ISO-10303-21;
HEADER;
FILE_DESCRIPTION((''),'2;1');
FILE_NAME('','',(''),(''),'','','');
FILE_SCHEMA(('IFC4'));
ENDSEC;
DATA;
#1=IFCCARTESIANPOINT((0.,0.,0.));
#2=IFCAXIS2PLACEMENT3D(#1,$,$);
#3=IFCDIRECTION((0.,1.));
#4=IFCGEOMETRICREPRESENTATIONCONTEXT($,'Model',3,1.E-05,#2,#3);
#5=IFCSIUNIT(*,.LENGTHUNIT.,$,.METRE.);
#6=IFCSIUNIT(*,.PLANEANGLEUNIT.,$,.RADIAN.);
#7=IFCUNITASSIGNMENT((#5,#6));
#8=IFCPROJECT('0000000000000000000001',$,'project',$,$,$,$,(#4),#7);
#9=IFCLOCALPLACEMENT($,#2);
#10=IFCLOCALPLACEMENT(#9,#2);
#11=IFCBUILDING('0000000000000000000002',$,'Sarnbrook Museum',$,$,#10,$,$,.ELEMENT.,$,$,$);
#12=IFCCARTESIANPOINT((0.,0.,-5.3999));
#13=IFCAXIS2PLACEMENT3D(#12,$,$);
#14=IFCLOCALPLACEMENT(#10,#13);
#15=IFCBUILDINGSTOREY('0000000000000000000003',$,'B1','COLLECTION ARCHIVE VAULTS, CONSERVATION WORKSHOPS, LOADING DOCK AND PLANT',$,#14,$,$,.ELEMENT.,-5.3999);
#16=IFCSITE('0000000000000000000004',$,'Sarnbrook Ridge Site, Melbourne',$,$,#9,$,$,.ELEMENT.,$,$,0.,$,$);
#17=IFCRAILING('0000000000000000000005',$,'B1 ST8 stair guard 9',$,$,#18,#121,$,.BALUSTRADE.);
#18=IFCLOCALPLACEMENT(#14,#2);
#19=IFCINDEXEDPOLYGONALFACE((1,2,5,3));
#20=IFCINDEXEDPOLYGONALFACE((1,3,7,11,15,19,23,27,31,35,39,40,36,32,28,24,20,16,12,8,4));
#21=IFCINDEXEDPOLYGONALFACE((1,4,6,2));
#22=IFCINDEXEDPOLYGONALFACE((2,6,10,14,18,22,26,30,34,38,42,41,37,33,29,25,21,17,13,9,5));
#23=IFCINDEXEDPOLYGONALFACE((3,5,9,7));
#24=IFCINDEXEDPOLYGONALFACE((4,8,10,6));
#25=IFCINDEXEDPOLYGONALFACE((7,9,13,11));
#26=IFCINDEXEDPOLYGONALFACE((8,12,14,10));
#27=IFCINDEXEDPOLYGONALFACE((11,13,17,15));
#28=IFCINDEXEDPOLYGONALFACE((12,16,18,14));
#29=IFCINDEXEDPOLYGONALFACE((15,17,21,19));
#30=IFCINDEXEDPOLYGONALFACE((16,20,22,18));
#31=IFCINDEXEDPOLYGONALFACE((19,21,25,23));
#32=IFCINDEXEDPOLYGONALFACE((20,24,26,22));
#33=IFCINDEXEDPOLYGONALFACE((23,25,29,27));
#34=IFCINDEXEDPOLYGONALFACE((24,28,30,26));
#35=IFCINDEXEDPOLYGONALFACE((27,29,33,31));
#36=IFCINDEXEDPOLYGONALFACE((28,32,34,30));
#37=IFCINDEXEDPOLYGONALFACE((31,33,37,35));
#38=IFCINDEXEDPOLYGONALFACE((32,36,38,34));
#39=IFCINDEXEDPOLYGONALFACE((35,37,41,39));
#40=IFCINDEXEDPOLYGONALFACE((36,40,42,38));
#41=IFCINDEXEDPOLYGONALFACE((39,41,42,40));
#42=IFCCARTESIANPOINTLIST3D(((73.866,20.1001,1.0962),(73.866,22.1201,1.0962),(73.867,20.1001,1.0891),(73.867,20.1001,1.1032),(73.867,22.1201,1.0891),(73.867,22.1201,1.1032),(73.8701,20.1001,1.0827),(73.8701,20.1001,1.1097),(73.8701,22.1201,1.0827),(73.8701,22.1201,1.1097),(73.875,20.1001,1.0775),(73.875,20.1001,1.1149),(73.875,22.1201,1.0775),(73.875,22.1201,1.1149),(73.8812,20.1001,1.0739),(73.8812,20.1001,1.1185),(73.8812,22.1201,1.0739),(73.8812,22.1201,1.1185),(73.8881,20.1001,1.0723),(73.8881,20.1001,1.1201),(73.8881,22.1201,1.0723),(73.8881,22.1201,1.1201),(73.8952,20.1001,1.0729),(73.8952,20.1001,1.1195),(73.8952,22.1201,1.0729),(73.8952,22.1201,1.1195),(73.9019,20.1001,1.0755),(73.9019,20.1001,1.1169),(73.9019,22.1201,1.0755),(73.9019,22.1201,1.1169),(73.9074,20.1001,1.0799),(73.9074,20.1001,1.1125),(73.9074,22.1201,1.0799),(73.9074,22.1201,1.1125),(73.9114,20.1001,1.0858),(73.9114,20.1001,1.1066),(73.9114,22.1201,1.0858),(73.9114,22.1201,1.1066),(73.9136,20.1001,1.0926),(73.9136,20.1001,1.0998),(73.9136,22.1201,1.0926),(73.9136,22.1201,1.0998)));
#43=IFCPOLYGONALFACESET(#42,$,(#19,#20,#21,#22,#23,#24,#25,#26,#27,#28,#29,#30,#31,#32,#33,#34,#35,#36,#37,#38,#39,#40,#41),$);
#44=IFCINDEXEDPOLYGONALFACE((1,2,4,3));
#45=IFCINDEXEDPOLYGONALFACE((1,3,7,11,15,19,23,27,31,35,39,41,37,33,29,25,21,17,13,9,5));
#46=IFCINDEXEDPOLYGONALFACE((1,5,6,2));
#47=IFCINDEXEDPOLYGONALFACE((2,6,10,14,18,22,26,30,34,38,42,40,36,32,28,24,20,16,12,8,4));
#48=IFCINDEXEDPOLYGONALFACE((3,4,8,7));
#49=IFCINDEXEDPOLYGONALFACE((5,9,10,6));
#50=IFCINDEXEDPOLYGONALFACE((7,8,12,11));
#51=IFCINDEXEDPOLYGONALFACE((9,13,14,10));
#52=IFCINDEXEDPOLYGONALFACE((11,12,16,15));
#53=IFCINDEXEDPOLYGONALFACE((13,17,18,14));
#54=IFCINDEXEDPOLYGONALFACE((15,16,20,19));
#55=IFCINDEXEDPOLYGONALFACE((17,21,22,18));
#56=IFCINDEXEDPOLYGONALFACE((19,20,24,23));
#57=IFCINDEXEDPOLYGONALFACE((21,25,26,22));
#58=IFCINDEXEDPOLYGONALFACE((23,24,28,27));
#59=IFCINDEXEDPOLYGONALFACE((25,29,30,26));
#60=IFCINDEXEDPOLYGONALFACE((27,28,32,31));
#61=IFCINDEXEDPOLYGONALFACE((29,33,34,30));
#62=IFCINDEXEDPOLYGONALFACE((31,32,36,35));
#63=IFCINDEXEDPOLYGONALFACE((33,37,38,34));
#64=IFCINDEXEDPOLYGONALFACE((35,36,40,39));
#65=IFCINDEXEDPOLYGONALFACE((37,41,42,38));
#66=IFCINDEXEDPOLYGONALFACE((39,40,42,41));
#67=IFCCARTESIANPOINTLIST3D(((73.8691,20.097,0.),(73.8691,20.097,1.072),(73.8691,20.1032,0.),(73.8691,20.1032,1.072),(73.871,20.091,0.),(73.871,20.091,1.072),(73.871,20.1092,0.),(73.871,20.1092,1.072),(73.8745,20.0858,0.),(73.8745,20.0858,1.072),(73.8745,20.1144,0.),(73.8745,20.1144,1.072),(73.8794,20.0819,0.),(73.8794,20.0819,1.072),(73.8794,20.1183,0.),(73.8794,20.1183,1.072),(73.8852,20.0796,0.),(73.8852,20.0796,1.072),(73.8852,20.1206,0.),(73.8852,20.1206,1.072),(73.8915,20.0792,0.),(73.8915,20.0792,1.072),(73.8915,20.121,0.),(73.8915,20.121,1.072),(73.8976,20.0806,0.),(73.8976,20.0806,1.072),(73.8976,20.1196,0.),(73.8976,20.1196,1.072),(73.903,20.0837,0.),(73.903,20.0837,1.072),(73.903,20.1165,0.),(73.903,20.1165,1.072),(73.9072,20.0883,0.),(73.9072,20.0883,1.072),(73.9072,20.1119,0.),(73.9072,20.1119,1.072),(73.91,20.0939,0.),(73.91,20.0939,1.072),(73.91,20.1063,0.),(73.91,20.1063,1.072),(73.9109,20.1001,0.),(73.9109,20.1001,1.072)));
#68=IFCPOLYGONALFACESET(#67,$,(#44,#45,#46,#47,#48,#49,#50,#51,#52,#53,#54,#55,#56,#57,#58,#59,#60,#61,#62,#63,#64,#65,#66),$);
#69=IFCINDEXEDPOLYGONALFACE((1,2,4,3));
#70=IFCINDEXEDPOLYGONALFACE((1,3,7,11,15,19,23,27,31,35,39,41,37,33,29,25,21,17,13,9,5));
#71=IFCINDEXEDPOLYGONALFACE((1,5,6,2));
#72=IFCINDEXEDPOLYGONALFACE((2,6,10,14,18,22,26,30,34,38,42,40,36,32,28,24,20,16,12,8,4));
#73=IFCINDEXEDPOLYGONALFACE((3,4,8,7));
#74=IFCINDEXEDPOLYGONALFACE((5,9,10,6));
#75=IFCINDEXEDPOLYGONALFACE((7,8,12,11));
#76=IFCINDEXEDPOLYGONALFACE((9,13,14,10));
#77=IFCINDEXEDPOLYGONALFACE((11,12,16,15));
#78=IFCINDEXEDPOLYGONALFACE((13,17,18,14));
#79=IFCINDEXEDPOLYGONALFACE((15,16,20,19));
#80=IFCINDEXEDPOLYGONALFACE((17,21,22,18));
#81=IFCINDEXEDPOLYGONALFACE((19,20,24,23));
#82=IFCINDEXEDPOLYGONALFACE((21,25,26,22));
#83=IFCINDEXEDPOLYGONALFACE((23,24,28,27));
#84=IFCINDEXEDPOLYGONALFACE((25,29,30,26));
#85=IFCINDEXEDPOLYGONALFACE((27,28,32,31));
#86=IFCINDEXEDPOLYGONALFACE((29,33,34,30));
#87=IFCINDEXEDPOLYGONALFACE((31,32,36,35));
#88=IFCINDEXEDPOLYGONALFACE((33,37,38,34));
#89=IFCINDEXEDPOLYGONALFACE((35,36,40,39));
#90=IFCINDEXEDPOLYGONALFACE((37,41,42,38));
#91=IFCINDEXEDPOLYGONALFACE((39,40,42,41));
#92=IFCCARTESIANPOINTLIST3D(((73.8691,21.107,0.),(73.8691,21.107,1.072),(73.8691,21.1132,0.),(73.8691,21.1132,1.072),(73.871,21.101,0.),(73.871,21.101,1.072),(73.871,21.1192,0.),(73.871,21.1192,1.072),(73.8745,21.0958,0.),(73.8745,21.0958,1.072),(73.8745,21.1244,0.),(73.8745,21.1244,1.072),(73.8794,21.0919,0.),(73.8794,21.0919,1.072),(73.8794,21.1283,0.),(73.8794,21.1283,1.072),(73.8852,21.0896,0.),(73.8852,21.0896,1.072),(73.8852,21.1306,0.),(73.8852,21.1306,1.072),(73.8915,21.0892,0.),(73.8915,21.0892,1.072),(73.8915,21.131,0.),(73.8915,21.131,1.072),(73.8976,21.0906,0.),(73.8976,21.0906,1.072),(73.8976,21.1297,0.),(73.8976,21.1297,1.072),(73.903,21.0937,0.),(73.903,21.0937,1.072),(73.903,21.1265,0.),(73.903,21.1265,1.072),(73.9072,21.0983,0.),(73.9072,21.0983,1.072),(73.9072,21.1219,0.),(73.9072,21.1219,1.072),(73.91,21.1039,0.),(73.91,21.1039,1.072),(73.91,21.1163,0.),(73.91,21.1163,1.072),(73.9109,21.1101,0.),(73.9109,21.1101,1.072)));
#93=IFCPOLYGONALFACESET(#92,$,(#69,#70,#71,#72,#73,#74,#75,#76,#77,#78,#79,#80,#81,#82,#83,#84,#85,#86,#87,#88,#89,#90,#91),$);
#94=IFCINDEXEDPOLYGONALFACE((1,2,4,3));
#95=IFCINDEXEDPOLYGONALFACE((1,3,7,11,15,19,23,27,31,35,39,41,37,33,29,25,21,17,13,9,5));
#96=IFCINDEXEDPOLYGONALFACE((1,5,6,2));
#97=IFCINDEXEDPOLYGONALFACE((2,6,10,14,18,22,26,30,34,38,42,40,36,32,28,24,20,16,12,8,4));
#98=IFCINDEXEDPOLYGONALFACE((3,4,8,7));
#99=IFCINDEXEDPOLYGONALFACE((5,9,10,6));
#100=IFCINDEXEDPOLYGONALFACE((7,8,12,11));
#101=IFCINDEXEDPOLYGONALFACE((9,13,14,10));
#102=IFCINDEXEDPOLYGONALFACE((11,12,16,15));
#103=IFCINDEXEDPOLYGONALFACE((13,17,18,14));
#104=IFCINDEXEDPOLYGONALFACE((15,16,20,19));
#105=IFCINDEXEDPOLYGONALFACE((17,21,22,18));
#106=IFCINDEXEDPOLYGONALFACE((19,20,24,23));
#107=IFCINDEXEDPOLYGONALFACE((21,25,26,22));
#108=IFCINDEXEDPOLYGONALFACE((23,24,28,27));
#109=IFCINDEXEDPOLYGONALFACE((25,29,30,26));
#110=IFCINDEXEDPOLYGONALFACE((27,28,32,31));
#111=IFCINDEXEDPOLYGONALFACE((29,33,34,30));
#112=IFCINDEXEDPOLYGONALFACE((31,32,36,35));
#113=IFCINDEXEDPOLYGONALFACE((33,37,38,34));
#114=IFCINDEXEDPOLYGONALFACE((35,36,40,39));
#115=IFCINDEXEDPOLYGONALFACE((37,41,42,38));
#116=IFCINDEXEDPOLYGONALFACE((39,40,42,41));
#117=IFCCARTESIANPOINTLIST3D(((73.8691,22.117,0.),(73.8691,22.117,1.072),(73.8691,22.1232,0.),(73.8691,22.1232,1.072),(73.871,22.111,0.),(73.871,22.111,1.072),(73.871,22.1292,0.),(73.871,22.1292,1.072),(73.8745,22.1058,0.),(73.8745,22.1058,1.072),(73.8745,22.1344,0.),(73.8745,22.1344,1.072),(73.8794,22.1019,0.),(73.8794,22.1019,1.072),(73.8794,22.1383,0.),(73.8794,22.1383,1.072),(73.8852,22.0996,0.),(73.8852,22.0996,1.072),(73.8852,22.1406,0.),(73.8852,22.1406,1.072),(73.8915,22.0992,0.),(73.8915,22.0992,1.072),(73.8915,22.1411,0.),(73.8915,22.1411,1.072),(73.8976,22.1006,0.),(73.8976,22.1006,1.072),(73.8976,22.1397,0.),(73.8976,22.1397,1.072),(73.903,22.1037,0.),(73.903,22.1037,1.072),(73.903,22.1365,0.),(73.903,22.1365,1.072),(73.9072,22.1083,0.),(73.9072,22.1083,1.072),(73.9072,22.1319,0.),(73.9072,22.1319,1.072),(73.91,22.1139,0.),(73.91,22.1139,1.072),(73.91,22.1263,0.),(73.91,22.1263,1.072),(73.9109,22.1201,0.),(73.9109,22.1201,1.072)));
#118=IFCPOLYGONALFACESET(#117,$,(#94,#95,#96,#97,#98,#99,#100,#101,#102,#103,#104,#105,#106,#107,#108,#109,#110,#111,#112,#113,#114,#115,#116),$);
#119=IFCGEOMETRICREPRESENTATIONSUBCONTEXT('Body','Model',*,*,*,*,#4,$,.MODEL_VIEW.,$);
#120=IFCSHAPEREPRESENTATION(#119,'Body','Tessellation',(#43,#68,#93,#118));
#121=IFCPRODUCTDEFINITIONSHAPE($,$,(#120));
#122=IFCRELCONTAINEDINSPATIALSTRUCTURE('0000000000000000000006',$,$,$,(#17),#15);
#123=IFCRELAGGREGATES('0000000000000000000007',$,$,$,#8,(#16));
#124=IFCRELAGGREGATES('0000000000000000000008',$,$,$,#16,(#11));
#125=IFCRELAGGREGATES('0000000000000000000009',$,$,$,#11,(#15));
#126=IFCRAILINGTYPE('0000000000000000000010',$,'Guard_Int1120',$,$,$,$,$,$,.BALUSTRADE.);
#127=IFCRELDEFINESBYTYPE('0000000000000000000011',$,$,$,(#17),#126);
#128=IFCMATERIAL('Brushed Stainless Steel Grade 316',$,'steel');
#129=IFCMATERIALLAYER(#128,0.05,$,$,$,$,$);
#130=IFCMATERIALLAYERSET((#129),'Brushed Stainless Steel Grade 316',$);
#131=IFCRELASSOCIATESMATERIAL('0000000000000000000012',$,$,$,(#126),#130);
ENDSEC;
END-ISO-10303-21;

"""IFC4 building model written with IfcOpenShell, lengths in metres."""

from ifc_helpers import new_model, si_unit, direction, frame, origin, origin_2d, place, context, subcontext, project, spatial, circle, extrude, material, layer, layer_set, type_object, element, save


model = new_model("IFC4")

# Units and contexts
model_context = context("Model", 3, precision=1e-05, world=origin(), true_north=direction((0.0, 1.0)))
body_context = subcontext(model_context, "Body", "Model", "MODEL_VIEW")
ifc_project = project(units=[si_unit("LENGTHUNIT", "METRE"), si_unit("PLANEANGLEUNIT", "RADIAN")], contexts=[model_context])

# Site, building, storey
site_placement = place(None, origin())
site = spatial("IfcSite", under=ifc_project, at=site_placement, Name="Sarnbrook Ridge Site, Melbourne", CompositionType="ELEMENT", RefElevation=0.0)
building_placement = place(site_placement, origin())
building = spatial("IfcBuilding", under=site, at=building_placement, Name="Sarnbrook Museum", CompositionType="ELEMENT")
storey_placement = place(building_placement, frame((0.0, 0.0, -5.3999)))
storey = spatial("IfcBuildingStorey", under=building, at=storey_placement, Name="B1", Description="COLLECTION ARCHIVE VAULTS, CONSERVATION WORKSHOPS, LOADING DOCK AND PLANT", CompositionType="ELEMENT", Elevation=-5.3999)

# Railing
ifc_material_1 = material(Name="Brushed Stainless Steel Grade 316", Category="steel")
ifc_layer_1 = layer(ifc_material_1, 0.05)
ifc_layer_set_1 = layer_set([ifc_layer_1], Name="Brushed Stainless Steel Grade 316")
railing_type = type_object("IfcRailingType", Name="Guard_Int1120", PredefinedType="BALUSTRADE", material=ifc_layer_set_1)
for number, where, name in (
    (1, (73.8899, 20.1001, 0.0), "B1 ST8 stair guard 9"),
):
    element("IfcRailing", number, at=place(storey_placement, frame(where)), inside=storey, type_object=railing_type, Name=name, PredefinedType="BALUSTRADE", context=body_context, shape_type="SweptSolid", body=[
        extrude(circle(Radius=0.0239, at=origin_2d()), frame((0.0, 0.0, 1.0962), z_axis=(0.0, 1.0, 0.0), x_axis=(-1.0, 0.0, 0.0)), (0.0, 0.0, 1.0), 2.02),
        extrude(circle(Radius=0.021, at=origin_2d()), origin(), (0.0, 0.0, 1.0), 1.072),
        extrude(circle(Radius=0.021, at=origin_2d()), frame((0.0, 1.01, 0.0)), (0.0, 0.0, 1.0), 1.072),
        extrude(circle(Radius=0.021, at=origin_2d()), frame((0.0, 2.02, 0.0)), (0.0, 0.0, 1.0), 1.072),
    ])

save(model, "model.ifc")
